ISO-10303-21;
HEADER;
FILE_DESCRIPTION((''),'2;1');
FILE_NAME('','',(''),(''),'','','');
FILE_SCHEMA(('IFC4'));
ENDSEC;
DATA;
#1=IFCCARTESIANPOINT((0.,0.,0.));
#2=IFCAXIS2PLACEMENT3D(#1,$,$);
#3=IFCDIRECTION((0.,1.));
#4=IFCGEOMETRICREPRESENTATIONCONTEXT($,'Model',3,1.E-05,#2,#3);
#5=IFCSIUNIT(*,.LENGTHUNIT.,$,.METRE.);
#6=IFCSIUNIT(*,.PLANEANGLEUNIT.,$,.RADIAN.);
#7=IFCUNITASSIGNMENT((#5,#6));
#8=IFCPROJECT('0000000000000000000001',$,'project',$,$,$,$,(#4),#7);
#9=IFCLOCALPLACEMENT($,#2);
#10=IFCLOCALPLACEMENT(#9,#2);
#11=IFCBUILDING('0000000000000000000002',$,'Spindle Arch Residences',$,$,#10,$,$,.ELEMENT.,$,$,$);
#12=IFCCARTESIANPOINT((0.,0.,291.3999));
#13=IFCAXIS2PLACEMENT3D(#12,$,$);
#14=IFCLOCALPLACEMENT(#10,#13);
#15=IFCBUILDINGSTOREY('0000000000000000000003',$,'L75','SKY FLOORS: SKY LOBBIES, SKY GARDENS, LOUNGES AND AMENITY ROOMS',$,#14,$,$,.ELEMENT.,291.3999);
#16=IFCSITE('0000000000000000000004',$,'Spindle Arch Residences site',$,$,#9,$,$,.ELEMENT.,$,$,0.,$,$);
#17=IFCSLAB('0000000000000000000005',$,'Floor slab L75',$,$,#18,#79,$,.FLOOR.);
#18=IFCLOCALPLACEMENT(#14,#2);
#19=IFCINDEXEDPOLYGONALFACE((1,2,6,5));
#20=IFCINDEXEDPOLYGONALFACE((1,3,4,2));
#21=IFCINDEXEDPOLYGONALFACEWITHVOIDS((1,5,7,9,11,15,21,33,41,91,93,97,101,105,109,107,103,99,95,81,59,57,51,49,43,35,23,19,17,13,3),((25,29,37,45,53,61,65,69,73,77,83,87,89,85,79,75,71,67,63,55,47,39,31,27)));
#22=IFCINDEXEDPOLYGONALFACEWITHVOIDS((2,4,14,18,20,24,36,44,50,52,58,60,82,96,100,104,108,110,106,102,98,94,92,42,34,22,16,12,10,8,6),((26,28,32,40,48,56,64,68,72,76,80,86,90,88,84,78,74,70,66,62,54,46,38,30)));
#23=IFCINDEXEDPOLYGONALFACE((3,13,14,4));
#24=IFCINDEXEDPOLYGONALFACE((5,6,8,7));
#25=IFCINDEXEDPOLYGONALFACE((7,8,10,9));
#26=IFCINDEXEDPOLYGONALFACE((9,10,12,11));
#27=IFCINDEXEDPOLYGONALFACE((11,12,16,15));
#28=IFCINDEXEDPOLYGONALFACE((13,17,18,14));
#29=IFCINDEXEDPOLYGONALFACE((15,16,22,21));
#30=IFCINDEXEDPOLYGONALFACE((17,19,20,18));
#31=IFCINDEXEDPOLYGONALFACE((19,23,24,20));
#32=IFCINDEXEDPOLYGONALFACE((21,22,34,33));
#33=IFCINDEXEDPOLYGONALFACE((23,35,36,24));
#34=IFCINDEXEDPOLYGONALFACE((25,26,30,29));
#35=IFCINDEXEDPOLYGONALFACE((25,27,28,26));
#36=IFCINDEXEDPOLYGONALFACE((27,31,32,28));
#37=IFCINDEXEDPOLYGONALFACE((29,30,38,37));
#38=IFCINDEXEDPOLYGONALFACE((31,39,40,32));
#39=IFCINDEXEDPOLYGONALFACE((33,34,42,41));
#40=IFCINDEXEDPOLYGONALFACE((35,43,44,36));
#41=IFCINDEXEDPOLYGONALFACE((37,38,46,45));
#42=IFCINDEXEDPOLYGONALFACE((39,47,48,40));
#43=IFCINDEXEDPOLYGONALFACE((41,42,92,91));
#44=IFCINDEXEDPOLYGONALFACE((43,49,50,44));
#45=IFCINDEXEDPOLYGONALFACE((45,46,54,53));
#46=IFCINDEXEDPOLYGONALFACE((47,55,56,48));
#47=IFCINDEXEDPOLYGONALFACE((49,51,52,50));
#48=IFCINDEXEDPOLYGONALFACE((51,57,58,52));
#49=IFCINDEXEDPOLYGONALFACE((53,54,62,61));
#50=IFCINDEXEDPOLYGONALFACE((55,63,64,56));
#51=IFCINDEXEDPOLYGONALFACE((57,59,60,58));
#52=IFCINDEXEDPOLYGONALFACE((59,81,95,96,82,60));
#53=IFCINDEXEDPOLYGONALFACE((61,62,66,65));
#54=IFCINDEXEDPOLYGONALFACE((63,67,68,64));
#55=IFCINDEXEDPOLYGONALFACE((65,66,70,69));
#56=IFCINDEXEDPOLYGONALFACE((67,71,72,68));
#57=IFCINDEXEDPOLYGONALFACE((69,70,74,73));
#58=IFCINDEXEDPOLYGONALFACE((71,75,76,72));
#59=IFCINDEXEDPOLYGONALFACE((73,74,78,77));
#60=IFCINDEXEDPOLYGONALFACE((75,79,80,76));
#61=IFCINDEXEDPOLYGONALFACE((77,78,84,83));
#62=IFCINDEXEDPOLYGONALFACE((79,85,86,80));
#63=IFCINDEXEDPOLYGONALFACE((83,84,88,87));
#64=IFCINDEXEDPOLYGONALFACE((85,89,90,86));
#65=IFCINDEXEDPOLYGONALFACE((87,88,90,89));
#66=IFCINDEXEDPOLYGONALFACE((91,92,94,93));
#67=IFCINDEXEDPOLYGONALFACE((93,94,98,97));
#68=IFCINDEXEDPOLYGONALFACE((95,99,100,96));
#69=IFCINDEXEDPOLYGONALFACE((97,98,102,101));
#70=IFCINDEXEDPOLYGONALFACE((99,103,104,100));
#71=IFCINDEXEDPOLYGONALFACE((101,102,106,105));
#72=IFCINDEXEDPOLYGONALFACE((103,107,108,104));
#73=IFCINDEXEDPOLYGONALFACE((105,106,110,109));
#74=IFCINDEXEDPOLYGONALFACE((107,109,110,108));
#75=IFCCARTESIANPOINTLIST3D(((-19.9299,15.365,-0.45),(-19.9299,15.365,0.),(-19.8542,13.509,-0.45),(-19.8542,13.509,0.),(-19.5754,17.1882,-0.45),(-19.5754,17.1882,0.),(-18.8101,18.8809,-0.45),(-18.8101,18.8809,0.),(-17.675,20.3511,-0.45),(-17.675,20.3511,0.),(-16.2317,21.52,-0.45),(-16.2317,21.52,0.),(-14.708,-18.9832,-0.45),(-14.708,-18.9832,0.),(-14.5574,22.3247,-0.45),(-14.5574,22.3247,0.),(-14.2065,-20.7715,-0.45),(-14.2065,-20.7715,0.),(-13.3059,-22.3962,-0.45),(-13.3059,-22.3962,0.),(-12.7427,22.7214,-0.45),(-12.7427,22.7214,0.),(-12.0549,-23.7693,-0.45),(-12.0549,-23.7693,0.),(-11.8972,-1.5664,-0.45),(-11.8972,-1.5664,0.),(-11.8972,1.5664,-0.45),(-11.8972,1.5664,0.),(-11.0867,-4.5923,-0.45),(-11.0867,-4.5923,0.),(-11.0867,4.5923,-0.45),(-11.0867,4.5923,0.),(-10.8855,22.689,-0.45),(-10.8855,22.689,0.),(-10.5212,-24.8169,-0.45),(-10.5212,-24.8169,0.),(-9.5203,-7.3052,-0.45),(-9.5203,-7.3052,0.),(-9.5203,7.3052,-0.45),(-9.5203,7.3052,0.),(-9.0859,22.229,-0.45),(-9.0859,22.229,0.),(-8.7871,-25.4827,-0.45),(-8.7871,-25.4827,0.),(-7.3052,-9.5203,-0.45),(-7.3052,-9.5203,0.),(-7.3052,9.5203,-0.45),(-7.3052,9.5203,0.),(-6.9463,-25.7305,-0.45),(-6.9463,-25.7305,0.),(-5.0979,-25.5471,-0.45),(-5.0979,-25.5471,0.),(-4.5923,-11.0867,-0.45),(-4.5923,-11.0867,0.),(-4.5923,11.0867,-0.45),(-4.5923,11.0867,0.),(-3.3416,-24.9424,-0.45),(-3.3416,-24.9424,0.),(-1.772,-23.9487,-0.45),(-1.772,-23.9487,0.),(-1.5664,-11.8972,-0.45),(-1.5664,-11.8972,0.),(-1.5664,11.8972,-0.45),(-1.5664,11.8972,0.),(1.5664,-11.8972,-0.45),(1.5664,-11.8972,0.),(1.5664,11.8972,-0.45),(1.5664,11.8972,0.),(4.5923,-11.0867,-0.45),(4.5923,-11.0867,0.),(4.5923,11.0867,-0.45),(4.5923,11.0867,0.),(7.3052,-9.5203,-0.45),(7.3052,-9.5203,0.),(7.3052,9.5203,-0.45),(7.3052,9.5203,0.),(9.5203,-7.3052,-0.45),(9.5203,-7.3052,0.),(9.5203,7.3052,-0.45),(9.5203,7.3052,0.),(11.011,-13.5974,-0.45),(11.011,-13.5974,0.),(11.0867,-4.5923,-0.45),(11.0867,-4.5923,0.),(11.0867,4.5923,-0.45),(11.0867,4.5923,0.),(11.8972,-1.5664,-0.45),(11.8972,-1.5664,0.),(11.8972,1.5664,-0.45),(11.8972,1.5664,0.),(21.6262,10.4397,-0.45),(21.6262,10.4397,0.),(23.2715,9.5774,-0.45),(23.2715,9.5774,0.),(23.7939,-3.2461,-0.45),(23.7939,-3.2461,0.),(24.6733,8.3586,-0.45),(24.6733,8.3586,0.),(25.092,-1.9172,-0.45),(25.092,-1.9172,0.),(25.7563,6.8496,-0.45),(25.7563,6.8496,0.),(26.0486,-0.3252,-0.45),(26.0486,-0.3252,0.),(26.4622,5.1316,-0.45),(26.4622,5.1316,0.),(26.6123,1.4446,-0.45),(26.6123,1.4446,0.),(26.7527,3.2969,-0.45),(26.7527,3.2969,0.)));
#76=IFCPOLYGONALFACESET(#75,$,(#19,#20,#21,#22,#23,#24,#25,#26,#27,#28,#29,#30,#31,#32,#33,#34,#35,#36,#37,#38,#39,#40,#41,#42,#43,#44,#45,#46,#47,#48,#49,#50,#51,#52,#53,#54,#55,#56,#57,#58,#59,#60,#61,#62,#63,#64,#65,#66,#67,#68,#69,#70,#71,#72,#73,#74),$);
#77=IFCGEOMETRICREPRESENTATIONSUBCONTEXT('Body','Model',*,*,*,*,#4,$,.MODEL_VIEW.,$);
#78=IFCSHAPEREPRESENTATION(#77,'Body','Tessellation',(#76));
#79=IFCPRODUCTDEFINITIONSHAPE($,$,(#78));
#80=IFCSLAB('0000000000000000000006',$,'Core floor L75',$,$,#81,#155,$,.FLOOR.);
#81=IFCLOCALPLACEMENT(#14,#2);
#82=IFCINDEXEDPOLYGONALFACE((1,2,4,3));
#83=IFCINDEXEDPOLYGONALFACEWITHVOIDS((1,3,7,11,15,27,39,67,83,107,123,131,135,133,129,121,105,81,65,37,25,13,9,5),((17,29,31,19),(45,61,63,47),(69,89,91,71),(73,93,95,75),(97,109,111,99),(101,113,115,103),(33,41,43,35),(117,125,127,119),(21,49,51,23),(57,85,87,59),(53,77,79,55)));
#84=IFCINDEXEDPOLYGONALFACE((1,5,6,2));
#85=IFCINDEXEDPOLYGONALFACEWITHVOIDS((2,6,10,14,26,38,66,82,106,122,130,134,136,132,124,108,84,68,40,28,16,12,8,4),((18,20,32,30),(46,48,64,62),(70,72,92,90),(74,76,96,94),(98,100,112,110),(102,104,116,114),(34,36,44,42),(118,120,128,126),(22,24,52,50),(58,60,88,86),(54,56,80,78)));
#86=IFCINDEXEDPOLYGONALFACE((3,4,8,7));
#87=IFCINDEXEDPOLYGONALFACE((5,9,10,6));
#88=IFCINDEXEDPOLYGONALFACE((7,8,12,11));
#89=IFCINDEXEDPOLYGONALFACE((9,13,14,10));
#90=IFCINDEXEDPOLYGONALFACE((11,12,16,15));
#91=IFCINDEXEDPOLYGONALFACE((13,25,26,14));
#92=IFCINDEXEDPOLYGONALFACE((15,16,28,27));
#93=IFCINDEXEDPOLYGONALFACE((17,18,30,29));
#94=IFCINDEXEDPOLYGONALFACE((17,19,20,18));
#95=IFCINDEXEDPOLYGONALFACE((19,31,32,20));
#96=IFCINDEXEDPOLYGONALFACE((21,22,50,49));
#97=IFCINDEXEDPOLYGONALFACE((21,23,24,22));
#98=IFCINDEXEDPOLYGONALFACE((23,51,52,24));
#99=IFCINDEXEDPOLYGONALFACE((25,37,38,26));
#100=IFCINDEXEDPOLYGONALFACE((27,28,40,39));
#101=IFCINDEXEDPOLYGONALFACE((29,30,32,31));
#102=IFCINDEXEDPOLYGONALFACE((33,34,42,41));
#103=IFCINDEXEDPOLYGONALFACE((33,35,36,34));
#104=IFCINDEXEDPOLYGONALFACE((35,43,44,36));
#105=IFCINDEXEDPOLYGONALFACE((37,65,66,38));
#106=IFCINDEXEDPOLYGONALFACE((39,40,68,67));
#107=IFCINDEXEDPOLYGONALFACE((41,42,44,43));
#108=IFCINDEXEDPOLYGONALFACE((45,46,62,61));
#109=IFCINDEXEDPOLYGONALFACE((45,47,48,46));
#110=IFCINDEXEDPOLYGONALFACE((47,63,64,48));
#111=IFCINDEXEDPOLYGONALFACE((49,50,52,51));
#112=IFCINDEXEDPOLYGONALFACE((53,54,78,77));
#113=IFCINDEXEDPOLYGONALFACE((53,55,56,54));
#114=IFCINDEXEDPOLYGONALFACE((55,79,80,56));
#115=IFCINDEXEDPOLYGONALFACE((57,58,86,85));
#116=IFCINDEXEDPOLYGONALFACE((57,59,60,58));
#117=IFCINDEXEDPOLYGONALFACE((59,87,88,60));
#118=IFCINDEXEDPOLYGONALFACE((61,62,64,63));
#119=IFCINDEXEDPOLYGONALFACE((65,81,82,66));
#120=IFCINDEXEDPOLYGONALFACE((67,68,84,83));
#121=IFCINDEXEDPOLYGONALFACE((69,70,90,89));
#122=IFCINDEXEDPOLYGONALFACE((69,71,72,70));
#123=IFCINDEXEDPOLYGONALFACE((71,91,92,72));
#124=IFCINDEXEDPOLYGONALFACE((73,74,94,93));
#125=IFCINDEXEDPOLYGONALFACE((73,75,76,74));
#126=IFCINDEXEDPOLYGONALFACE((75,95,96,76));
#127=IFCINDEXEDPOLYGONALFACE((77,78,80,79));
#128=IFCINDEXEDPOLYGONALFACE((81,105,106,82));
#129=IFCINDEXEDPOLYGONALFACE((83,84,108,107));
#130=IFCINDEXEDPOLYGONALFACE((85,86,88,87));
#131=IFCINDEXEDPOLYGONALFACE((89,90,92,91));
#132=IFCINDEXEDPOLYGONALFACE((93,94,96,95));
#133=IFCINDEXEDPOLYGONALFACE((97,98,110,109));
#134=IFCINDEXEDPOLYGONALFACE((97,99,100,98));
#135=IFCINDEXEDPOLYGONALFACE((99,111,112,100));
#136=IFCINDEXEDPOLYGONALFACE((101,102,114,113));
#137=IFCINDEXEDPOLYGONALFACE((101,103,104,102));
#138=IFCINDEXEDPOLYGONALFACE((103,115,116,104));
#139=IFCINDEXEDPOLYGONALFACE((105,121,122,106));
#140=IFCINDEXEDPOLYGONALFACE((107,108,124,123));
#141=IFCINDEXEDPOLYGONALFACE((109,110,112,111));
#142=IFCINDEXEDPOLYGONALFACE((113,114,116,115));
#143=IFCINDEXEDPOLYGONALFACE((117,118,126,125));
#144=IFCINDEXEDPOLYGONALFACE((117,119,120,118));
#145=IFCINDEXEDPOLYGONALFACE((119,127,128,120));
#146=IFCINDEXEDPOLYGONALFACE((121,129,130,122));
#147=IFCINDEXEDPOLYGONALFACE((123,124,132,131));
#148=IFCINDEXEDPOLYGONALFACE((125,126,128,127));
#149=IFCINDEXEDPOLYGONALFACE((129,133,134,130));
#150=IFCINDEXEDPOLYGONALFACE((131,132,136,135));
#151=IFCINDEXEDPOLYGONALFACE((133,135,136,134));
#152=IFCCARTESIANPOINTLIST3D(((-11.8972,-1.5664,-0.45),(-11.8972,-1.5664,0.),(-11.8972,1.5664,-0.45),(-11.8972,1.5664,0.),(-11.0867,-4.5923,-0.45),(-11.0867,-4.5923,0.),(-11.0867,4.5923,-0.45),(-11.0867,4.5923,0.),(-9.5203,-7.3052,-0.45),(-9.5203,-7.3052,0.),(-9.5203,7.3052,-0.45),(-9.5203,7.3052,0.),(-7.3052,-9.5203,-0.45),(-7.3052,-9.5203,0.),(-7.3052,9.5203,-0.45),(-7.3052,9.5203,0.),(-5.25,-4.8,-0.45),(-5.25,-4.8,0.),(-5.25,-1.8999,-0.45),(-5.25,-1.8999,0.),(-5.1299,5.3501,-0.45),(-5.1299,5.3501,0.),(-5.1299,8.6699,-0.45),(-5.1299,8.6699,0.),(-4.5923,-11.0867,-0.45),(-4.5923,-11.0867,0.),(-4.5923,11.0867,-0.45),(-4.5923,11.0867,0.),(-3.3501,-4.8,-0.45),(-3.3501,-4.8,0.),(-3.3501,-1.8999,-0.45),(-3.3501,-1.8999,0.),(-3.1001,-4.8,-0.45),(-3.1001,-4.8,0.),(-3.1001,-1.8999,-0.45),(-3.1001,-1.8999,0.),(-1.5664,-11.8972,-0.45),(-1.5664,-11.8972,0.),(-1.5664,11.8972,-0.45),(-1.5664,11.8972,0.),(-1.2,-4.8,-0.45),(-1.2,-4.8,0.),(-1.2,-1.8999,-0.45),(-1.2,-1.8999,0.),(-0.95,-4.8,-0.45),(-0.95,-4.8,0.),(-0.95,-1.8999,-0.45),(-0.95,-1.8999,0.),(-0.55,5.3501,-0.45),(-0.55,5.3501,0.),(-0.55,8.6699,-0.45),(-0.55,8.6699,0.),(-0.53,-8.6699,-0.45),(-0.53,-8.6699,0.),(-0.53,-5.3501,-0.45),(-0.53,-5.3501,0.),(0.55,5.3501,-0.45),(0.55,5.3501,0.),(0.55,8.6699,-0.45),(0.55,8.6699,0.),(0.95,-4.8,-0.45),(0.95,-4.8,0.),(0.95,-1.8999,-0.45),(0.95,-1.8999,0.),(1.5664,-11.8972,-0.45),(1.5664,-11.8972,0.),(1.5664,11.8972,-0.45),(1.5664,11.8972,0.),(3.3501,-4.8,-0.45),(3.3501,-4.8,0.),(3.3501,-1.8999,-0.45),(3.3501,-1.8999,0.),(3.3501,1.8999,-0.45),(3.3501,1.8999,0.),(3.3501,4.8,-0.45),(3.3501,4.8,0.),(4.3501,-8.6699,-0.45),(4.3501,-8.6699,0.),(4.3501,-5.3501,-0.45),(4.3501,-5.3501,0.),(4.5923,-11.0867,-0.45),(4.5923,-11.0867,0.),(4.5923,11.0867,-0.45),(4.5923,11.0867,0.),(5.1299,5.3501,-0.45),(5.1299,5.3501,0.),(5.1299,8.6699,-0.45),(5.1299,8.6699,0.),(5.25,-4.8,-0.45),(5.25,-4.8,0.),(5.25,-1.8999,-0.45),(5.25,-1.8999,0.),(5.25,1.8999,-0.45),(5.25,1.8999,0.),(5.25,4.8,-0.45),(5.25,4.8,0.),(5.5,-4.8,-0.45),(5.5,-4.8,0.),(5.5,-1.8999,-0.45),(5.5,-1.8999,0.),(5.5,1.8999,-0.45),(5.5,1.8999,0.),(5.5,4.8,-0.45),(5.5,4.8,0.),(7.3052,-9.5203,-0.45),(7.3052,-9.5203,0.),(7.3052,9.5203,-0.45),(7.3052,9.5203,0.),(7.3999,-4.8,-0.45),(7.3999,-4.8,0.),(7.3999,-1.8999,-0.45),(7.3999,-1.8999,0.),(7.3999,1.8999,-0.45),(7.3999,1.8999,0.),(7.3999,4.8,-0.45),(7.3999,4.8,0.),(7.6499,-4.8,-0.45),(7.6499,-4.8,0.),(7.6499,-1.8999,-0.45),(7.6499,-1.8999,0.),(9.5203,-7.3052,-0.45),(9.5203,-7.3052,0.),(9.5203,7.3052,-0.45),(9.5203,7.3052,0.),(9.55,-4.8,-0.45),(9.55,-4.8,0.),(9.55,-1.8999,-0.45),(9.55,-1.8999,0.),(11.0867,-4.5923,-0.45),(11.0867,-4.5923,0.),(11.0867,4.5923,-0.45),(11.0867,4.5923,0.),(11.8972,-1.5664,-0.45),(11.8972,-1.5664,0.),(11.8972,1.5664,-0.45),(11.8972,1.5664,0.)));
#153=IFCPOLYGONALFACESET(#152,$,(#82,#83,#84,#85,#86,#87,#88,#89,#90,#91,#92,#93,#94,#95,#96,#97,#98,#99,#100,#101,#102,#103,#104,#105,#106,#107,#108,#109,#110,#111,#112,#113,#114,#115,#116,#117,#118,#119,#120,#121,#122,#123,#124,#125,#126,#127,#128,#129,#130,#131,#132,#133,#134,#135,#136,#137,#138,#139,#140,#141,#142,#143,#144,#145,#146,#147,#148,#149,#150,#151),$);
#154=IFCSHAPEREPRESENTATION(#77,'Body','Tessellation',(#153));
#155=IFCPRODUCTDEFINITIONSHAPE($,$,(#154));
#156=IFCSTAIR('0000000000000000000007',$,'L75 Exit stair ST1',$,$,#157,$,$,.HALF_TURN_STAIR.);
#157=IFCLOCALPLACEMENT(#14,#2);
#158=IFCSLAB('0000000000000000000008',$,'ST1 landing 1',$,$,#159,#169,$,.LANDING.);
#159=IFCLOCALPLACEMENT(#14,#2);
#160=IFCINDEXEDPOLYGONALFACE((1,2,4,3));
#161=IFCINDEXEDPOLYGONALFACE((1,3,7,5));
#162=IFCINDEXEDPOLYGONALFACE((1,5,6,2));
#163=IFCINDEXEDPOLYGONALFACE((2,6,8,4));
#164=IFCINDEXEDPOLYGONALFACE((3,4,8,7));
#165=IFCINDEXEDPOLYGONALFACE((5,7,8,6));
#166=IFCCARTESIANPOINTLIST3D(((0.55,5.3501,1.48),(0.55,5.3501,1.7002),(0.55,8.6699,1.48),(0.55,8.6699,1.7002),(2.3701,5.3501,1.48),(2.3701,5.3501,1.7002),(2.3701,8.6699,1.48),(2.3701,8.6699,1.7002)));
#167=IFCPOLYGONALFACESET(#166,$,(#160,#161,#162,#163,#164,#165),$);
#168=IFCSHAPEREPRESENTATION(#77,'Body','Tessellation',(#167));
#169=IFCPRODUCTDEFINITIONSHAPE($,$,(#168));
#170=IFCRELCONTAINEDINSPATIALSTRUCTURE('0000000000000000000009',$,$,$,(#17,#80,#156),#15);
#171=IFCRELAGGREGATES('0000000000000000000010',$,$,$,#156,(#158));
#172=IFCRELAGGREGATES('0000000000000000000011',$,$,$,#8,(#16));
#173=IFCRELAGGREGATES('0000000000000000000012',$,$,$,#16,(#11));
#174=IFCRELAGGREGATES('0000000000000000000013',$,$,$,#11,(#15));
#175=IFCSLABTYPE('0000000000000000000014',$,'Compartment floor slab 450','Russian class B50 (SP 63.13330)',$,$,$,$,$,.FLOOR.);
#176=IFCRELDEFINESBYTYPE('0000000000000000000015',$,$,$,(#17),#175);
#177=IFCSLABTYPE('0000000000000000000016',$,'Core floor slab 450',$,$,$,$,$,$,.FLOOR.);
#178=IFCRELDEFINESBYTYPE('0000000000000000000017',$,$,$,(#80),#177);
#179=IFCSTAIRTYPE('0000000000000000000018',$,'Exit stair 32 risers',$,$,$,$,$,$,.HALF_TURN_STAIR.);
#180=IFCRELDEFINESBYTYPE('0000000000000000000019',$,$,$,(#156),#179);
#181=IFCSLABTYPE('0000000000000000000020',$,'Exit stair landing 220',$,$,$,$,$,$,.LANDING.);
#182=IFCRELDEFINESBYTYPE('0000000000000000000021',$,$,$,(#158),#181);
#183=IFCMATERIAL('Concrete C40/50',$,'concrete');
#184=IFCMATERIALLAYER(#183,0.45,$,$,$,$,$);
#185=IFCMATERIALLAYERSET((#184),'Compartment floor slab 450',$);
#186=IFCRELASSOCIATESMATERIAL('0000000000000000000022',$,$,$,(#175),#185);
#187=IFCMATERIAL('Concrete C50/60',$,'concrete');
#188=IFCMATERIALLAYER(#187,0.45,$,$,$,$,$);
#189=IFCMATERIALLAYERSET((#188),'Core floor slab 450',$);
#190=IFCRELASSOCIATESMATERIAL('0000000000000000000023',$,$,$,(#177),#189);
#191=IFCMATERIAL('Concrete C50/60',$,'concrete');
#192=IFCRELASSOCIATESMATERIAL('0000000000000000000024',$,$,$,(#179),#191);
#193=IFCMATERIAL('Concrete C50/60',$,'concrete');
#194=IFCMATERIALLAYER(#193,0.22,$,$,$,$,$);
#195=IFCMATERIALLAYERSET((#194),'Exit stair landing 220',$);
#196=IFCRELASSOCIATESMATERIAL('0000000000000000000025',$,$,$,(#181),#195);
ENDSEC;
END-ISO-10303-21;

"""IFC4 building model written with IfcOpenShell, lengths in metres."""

from ifc_helpers import new_model, si_unit, direction, frame, origin, place, context, subcontext, project, spatial, polyline, outline, extrude, material, layer, layer_set, type_object, element, aggregate, save


model = new_model("IFC4")

# Units and contexts
model_context = context("Model", 3, precision=1e-05, world=origin(), true_north=direction((0.0, 1.0)))
body_context = subcontext(model_context, "Body", "Model", "MODEL_VIEW")
ifc_project = project(units=[si_unit("LENGTHUNIT", "METRE"), si_unit("PLANEANGLEUNIT", "RADIAN")], contexts=[model_context])

# Site, building, storey
site_placement = place(None, origin())
site = spatial("IfcSite", under=ifc_project, at=site_placement, Name="Spindle Arch Residences site", CompositionType="ELEMENT", RefElevation=0.0)
building_placement = place(site_placement, origin())
building = spatial("IfcBuilding", under=site, at=building_placement, Name="Spindle Arch Residences", CompositionType="ELEMENT")
storey_placement = place(building_placement, frame((0.0, 0.0, 291.3999)))
storey = spatial("IfcBuildingStorey", under=building, at=storey_placement, Name="L75", Description="SKY FLOORS: SKY LOBBIES, SKY GARDENS, LOUNGES AND AMENITY ROOMS", CompositionType="ELEMENT", Elevation=291.3999)

# Slabs
ifc_material_1 = material(Name="Concrete C40/50", Category="concrete")
ifc_layer_1 = layer(ifc_material_1, 0.45)
ifc_layer_set_1 = layer_set([ifc_layer_1], Name="Compartment floor slab 450")
slab_type_1 = type_object("IfcSlabType", Name="Compartment floor slab 450", Description="Russian class B50 (SP 63.13330)", PredefinedType="FLOOR", material=ifc_layer_set_1)
slab_1_placement = place(storey_placement, frame((0.0, 0.0, -0.45)))
element("IfcSlab", 1, at=slab_1_placement, inside=storey, type_object=slab_type_1, Name="Floor slab L75", PredefinedType="FLOOR", context=body_context, shape_type="SweptSolid", body=[
    extrude(outline(polyline([(-1.772, -23.9487), (-3.3416, -24.9424), (-5.0979, -25.5471), (-6.9463, -25.7305), (-8.7871, -25.4827), (-10.5212, -24.8169), (-12.0549, -23.7693), (-13.3059, -22.3962), (-14.2065, -20.7715), (-14.708, -18.9832), (-19.8542, 13.509), (-19.9299, 15.365), (-19.5754, 17.1882), (-18.8101, 18.8809), (-17.675, 20.3511), (-16.2317, 21.52), (-14.5574, 22.3247), (-12.7427, 22.7214), (-10.8855, 22.689), (-9.0859, 22.229), (21.6262, 10.4397), (23.2715, 9.5774), (24.6733, 8.3586), (25.7563, 6.8496), (26.4622, 5.1316), (26.7527, 3.2969), (26.6123, 1.4446), (26.0486, -0.3252), (25.092, -1.9172), (23.7939, -3.2461), (11.011, -13.5974), (-1.772, -23.9487)]), holes=[polyline([(4.5923, -11.0867), (7.3052, -9.5203), (9.5203, -7.3052), (11.0867, -4.5923), (11.8972, -1.5664), (11.8972, 1.5664), (11.0867, 4.5923), (9.5203, 7.3052), (7.3052, 9.5203), (4.5923, 11.0867), (1.5664, 11.8972), (-1.5664, 11.8972), (-4.5923, 11.0867), (-7.3052, 9.5203), (-9.5203, 7.3052), (-11.0867, 4.5923), (-11.8972, 1.5664), (-11.8972, -1.5664), (-11.0867, -4.5923), (-9.5203, -7.3052), (-7.3052, -9.5203), (-4.5923, -11.0867), (-1.5664, -11.8972), (1.5664, -11.8972), (4.5923, -11.0867)])]), origin(), (0.0, 0.0, 1.0), 0.45),
])
ifc_material_2 = material(Name="Concrete C50/60", Category="concrete")
ifc_layer_2 = layer(ifc_material_2, 0.45)
ifc_layer_set_2 = layer_set([ifc_layer_2], Name="Core floor slab 450")
slab_type_2 = type_object("IfcSlabType", Name="Core floor slab 450", PredefinedType="FLOOR", material=ifc_layer_set_2)
slab_2_placement = place(storey_placement, frame((0.0, 0.0, -0.45)))
element("IfcSlab", 2, at=slab_2_placement, inside=storey, type_object=slab_type_2, Name="Core floor L75", PredefinedType="FLOOR", context=body_context, shape_type="SweptSolid", body=[
    extrude(outline(polyline([(1.5664, -11.8972), (4.5923, -11.0867), (7.3052, -9.5203), (9.5203, -7.3052), (11.0867, -4.5923), (11.8972, -1.5664), (11.8972, 1.5664), (11.0867, 4.5923), (9.5203, 7.3052), (7.3052, 9.5203), (4.5923, 11.0867), (1.5664, 11.8972), (-1.5664, 11.8972), (-4.5923, 11.0867), (-7.3052, 9.5203), (-9.5203, 7.3052), (-11.0867, 4.5923), (-11.8972, 1.5664), (-11.8972, -1.5664), (-11.0867, -4.5923), (-9.5203, -7.3052), (-7.3052, -9.5203), (-4.5923, -11.0867), (-1.5664, -11.8972), (1.5664, -11.8972)]), holes=[polyline([(3.3501, 1.8999), (5.25, 1.8999), (5.25, 4.8), (3.3501, 4.8), (3.3501, 1.8999)]), polyline([(5.5, 1.8999), (7.3999, 1.8999), (7.3999, 4.8), (5.5, 4.8), (5.5, 1.8999)]), polyline([(-5.25, -4.8), (-3.3501, -4.8), (-3.3501, -1.8999), (-5.25, -1.8999), (-5.25, -4.8)]), polyline([(-3.1001, -4.8), (-1.2, -4.8), (-1.2, -1.8999), (-3.1001, -1.8999), (-3.1001, -4.8)]), polyline([(-0.95, -4.8), (0.95, -4.8), (0.95, -1.8999), (-0.95, -1.8999), (-0.95, -4.8)]), polyline([(3.3501, -4.8), (5.25, -4.8), (5.25, -1.8999), (3.3501, -1.8999), (3.3501, -4.8)]), polyline([(5.5, -4.8), (7.3999, -4.8), (7.3999, -1.8999), (5.5, -1.8999), (5.5, -4.8)]), polyline([(7.6499, -4.8), (9.55, -4.8), (9.55, -1.8999), (7.6499, -1.8999), (7.6499, -4.8)]), polyline([(5.1299, 8.6699), (0.55, 8.6699), (0.55, 5.3501), (5.1299, 5.3501), (5.1299, 8.6699)]), polyline([(-5.1299, 5.3501), (-0.55, 5.3501), (-0.55, 8.6699), (-5.1299, 8.6699), (-5.1299, 5.3501)]), polyline([(-0.53, -8.6699), (4.3501, -8.6699), (4.3501, -5.3501), (-0.53, -5.3501), (-0.53, -8.6699)])]), origin(), (0.0, 0.0, 1.0), 0.45),
])

# Stair, slab
ifc_material_3 = material(Name="Concrete C50/60", Category="concrete")
stair_type = type_object("IfcStairType", Name="Exit stair 32 risers", PredefinedType="HALF_TURN_STAIR", material=ifc_material_3)
stair_1_placement = place(storey_placement, origin())
stair_1 = element("IfcStair", 3, at=stair_1_placement, inside=storey, type_object=stair_type, Name="L75 Exit stair ST1", PredefinedType="HALF_TURN_STAIR")
ifc_material_4 = material(Name="Concrete C50/60", Category="concrete")
ifc_layer_3 = layer(ifc_material_4, 0.22)
ifc_layer_set_3 = layer_set([ifc_layer_3], Name="Exit stair landing 220")
slab_type_3 = type_object("IfcSlabType", Name="Exit stair landing 220", PredefinedType="LANDING", material=ifc_layer_set_3)
slab_3_placement = place(storey_placement, frame((0.0, 0.0, 1.48)))
slab_3 = element("IfcSlab", 4, at=slab_3_placement, type_object=slab_type_3, Name="ST1 landing 1", PredefinedType="LANDING", context=body_context, shape_type="SweptSolid", body=[
    extrude(outline(polyline([(2.3701, 8.6699), (0.55, 8.6699), (0.55, 5.3501), (2.3701, 5.3501), (2.3701, 8.6699)])), origin(), (0.0, 0.0, 1.0), 0.2202),
])
aggregate(stair_1, [slab_3])

save(model, "model.ifc")
